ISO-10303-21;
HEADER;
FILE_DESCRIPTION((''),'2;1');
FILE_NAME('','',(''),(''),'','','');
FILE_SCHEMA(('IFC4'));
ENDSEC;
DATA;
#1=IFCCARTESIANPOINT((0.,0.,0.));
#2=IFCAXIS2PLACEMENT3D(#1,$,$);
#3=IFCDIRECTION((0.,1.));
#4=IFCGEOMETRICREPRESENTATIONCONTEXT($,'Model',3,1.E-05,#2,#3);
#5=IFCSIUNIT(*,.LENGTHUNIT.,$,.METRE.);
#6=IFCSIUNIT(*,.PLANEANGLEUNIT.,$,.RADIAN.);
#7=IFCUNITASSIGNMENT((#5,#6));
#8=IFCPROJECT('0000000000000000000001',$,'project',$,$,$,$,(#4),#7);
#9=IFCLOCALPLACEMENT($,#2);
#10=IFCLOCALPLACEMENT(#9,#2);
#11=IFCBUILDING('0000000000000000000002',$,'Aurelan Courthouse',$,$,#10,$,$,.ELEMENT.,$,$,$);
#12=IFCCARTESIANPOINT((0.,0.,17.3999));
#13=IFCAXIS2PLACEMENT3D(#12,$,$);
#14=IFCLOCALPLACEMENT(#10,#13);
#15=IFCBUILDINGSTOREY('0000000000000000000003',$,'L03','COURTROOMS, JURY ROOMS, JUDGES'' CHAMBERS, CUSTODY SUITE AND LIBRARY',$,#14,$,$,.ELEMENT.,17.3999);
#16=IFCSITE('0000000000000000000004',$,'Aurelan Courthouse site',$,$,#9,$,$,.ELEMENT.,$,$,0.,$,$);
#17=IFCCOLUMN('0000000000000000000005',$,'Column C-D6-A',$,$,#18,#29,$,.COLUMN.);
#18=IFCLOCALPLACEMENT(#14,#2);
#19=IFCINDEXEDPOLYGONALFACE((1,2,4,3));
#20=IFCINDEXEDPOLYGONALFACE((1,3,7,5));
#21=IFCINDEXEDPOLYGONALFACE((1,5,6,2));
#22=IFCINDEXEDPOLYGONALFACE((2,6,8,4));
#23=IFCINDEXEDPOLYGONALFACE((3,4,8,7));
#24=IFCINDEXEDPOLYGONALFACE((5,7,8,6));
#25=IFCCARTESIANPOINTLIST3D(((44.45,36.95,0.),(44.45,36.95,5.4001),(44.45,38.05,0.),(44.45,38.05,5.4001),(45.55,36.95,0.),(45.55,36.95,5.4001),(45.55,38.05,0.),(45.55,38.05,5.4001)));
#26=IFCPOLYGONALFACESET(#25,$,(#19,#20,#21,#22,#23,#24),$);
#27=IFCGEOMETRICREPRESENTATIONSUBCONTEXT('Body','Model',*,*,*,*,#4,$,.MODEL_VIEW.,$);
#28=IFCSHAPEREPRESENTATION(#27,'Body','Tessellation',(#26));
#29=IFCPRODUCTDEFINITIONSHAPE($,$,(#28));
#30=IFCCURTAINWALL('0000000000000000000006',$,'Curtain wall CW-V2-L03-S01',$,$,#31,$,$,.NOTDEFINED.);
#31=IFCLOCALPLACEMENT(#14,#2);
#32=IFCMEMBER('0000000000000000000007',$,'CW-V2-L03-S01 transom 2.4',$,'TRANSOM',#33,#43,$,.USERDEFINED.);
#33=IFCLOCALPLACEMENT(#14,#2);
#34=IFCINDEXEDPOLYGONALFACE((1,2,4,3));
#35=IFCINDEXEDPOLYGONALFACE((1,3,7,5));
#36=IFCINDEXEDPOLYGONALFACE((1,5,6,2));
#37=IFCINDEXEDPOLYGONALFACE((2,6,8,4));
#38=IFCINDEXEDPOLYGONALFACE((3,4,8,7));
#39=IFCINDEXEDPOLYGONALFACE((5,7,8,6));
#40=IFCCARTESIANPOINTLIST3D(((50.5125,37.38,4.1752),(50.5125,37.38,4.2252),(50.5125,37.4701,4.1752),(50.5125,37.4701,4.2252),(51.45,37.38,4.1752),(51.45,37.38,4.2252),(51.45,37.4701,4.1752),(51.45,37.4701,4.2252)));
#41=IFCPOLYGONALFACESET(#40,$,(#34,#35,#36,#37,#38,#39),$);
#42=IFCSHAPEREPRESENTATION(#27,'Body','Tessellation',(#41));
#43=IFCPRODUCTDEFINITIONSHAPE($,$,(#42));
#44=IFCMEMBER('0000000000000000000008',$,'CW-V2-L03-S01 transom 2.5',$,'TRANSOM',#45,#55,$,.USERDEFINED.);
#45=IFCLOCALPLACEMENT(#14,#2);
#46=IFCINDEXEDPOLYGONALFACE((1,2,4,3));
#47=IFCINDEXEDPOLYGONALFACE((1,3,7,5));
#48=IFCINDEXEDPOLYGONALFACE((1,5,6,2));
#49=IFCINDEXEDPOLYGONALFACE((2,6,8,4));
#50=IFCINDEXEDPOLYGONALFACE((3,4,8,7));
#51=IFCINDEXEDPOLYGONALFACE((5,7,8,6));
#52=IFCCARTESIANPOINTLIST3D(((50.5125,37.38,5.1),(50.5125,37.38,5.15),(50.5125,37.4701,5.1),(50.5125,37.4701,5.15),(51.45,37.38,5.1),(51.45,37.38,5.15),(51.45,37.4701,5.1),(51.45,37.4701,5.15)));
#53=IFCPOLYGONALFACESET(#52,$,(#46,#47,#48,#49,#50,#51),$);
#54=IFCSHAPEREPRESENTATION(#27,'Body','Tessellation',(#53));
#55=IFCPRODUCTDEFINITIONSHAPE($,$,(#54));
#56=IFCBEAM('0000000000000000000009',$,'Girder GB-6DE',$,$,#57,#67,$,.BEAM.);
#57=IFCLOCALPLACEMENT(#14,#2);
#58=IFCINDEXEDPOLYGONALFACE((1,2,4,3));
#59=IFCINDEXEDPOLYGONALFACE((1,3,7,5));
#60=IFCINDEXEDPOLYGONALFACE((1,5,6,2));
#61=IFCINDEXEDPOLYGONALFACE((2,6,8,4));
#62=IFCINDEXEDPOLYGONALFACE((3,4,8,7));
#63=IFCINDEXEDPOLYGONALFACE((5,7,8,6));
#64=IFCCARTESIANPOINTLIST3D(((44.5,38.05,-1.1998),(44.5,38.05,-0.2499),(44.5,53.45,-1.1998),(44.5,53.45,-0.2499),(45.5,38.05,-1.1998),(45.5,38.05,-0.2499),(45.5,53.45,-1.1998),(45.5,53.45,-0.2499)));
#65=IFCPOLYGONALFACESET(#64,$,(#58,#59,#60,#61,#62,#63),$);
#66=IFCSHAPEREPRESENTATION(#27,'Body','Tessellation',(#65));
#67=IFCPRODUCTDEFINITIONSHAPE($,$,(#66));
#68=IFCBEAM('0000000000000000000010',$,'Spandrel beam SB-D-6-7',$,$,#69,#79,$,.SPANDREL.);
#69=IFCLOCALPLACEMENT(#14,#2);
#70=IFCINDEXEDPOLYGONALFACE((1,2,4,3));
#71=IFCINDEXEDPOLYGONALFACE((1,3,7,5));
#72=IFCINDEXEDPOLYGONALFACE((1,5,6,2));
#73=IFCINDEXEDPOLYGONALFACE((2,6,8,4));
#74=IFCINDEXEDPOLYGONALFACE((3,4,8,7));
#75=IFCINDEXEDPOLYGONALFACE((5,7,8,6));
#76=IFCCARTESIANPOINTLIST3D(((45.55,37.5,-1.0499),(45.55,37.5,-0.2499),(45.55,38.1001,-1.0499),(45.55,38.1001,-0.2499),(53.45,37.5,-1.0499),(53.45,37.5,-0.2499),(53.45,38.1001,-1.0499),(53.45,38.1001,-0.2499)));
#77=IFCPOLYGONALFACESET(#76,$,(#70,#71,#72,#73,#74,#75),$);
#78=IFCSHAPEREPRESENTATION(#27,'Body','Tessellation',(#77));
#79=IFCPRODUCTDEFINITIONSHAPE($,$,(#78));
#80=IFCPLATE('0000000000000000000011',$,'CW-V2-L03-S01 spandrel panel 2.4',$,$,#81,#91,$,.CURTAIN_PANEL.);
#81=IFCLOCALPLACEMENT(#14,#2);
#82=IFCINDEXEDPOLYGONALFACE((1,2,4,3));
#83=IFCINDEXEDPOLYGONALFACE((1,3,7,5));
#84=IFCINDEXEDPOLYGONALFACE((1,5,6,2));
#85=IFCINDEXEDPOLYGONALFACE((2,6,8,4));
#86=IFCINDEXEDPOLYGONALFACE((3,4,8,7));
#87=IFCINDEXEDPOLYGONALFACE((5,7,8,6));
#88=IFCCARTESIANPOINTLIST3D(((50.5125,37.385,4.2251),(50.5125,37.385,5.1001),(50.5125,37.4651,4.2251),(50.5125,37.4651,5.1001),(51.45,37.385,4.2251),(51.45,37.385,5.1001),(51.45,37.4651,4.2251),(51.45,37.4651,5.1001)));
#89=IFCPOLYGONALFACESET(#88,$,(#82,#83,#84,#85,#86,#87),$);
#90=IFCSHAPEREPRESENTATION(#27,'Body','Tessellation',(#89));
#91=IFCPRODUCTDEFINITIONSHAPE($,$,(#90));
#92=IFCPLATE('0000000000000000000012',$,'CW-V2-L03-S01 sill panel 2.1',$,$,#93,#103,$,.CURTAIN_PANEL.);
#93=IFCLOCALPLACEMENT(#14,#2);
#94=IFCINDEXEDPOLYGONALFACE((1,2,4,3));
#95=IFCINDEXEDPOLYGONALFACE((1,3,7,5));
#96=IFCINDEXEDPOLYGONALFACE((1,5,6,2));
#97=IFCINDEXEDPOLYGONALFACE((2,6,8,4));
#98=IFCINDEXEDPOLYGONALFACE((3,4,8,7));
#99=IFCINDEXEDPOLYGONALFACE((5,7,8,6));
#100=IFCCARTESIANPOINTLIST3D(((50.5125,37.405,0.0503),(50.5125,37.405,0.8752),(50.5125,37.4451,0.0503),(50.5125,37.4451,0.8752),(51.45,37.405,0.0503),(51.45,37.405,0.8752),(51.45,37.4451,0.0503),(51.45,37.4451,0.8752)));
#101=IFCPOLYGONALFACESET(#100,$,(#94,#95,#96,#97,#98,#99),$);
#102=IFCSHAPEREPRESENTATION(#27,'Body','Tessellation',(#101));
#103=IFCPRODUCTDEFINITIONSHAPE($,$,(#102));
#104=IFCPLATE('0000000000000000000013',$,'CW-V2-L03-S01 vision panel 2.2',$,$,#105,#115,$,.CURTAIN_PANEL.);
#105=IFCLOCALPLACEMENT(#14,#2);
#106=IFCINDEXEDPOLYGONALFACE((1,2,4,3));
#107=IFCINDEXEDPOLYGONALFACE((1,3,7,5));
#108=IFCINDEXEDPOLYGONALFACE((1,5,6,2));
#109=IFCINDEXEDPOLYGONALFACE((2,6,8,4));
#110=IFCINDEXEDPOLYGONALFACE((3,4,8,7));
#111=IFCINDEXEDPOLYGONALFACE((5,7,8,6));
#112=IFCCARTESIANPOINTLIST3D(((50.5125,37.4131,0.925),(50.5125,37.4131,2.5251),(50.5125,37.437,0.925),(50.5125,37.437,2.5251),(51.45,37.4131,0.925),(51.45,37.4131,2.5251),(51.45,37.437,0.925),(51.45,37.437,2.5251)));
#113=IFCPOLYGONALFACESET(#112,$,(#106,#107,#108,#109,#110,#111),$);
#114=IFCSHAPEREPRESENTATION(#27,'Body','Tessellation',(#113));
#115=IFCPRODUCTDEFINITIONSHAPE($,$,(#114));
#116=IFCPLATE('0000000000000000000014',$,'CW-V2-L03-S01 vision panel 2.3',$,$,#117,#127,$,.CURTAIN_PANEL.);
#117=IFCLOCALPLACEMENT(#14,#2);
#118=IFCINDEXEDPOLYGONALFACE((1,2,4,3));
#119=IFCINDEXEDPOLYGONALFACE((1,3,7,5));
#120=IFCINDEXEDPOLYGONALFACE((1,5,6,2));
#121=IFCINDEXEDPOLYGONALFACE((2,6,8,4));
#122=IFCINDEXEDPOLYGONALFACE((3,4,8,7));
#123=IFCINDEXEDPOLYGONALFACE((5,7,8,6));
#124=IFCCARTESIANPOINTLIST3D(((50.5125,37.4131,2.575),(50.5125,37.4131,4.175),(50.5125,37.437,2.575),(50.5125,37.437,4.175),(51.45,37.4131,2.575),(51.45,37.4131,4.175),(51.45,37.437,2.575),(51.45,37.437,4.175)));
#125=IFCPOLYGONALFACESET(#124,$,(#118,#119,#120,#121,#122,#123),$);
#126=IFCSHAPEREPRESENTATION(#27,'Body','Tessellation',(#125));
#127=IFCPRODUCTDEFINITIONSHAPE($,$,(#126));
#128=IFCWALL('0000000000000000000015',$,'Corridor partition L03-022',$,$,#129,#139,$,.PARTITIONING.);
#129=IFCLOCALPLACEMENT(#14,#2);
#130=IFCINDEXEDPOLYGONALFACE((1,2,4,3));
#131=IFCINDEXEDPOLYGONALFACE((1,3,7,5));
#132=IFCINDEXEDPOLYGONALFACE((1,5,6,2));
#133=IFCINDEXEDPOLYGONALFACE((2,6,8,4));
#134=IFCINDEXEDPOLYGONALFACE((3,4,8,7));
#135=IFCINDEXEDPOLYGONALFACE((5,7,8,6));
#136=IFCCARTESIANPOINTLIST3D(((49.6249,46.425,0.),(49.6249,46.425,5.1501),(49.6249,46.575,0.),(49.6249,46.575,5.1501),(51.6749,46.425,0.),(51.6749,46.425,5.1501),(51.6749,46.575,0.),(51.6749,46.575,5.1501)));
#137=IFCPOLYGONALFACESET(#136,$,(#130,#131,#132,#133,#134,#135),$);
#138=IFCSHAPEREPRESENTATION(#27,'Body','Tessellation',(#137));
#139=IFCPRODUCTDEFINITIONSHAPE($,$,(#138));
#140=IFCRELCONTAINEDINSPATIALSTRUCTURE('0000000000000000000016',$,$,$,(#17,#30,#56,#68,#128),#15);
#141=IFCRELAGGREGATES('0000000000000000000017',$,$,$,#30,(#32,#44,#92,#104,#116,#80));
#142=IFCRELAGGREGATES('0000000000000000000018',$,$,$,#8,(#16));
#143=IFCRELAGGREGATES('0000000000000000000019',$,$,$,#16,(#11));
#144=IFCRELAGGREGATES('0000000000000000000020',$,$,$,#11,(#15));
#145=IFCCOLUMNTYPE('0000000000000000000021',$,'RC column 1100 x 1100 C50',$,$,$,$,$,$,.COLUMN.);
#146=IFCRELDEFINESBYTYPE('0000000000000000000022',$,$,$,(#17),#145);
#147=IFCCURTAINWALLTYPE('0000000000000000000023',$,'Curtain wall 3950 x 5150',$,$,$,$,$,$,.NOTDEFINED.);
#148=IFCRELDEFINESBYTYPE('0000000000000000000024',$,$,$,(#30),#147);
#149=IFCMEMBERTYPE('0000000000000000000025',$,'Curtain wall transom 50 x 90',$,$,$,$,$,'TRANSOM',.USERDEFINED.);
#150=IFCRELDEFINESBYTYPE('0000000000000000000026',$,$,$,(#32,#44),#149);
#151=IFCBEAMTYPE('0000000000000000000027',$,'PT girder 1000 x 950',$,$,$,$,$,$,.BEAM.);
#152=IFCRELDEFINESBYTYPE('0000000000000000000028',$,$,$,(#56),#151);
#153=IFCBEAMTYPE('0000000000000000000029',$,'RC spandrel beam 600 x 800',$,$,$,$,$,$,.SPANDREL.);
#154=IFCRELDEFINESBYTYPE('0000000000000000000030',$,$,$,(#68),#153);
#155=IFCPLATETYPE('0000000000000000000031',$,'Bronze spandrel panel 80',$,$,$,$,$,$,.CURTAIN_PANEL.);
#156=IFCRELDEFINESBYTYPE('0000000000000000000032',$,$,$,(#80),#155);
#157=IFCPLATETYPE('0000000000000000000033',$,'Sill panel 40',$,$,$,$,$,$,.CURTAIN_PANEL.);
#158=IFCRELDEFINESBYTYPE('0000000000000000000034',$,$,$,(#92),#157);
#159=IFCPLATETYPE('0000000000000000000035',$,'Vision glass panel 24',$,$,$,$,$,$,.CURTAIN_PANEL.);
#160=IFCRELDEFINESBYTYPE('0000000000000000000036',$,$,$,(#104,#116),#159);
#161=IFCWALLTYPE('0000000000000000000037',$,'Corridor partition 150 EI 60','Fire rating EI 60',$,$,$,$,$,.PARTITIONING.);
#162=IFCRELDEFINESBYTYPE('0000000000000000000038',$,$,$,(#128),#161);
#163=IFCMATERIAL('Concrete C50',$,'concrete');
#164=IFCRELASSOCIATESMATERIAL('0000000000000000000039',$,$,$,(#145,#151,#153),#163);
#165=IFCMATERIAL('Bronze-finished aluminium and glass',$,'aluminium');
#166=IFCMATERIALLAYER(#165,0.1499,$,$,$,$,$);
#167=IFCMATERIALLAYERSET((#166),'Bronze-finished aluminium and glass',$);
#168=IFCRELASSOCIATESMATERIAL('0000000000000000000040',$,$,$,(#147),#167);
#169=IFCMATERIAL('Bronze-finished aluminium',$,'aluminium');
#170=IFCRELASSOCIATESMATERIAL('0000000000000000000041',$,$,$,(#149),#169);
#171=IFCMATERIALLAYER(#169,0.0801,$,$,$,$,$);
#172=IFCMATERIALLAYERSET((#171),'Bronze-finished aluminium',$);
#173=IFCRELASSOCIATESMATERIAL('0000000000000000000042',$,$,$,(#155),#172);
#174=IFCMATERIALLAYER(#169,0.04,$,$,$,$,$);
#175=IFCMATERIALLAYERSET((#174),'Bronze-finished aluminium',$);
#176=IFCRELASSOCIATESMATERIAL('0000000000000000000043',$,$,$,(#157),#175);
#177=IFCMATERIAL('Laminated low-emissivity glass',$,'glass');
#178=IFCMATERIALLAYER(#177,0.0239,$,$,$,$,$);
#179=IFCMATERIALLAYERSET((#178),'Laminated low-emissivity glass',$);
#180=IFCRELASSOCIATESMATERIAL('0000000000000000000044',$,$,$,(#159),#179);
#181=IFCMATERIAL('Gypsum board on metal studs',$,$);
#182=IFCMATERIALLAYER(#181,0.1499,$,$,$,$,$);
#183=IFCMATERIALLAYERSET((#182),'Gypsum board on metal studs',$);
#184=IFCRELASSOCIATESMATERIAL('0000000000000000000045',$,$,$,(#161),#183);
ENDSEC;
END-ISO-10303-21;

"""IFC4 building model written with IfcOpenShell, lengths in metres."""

from ifc_helpers import new_model, si_unit, direction, frame, frame_2d, origin, origin_2d, place, context, subcontext, project, spatial, rectangle, extrude, material, layer, layer_set, material_profile, profile_set, type_object, element, aggregate, save


model = new_model("IFC4")

# Units and contexts
model_context = context("Model", 3, precision=1e-05, world=origin(), true_north=direction((0.0, 1.0)))
body_context = subcontext(model_context, "Body", "Model", "MODEL_VIEW")
ifc_project = project(units=[si_unit("LENGTHUNIT", "METRE"), si_unit("PLANEANGLEUNIT", "RADIAN")], contexts=[model_context])

# Site, building, storey
site_placement = place(None, origin())
site = spatial("IfcSite", under=ifc_project, at=site_placement, Name="Aurelan Courthouse site", CompositionType="ELEMENT", RefElevation=0.0)
building_placement = place(site_placement, origin())
building = spatial("IfcBuilding", under=site, at=building_placement, Name="Aurelan Courthouse", CompositionType="ELEMENT")
storey_placement = place(building_placement, frame((0.0, 0.0, 17.3999)))
storey = spatial("IfcBuildingStorey", under=building, at=storey_placement, Name="L03", Description="COURTROOMS, JURY ROOMS, JUDGES' CHAMBERS, CUSTODY SUITE AND LIBRARY", CompositionType="ELEMENT", Elevation=17.3999)

# Column
ifc_material_1 = material(Name="Concrete C50", Category="concrete")
ifc_material_profile_1 = material_profile(ifc_material_1, rectangle(XDim=1.1001, YDim=1.1001, at=origin_2d()), Name="RC 1100 x 1100")
ifc_profile_set_1 = profile_set([ifc_material_profile_1], Name="Concrete C50")
column_type = type_object("IfcColumnType", Name="RC column 1100 x 1100 C50", PredefinedType="COLUMN", material=ifc_profile_set_1)
column_placement = place(storey_placement, frame((45.0, 37.5, 0.0), z_axis=(0.0, 0.0, 1.0), x_axis=(1.0, 0.0, 0.0)))
element("IfcColumn", 1, at=column_placement, inside=storey, type_object=column_type, Name="Column C-D6-A", PredefinedType="COLUMN", context=body_context, shape_type="SweptSolid", body=[
    extrude(rectangle(XDim=1.1001, YDim=1.1001, at=origin_2d()), origin(), (0.0, 0.0, 1.0), 5.4001),
])

# Curtain wall, members
ifc_material_2 = material(Name="Bronze-finished aluminium and glass", Category="aluminium")
ifc_layer_1 = layer(ifc_material_2, 0.1499)
ifc_layer_set_1 = layer_set([ifc_layer_1], Name="Bronze-finished aluminium and glass")
curtain_wall_type = type_object("IfcCurtainWallType", Name="Curtain wall 3950 x 5150", PredefinedType="NOTDEFINED", material=ifc_layer_set_1)
curtain_wall_placement = place(storey_placement, origin())
curtain_wall = element("IfcCurtainWall", 2, at=curtain_wall_placement, inside=storey, type_object=curtain_wall_type, Name="Curtain wall CW-V2-L03-S01", PredefinedType="NOTDEFINED")
ifc_material_3 = material(Name="Bronze-finished aluminium", Category="aluminium")
ifc_material_profile_2 = material_profile(ifc_material_3, rectangle(XDim=0.0901, YDim=0.05, at=origin_2d()), Name="Bronze transom 50 x 90")
ifc_profile_set_2 = profile_set([ifc_material_profile_2], Name="Bronze-finished aluminium")
member_type = type_object("IfcMemberType", Name="Curtain wall transom 50 x 90", ElementType="TRANSOM", PredefinedType="USERDEFINED", material=ifc_profile_set_2)
member_1_placement = place(storey_placement, frame((50.5125, 37.425, 4.2002), z_axis=(1.0, 0.0, 0.0), x_axis=(0.0, 1.0, 0.0)))
member_1 = element("IfcMember", 3, at=member_1_placement, type_object=member_type, Name="CW-V2-L03-S01 transom 2.4", ObjectType="TRANSOM", PredefinedType="USERDEFINED", context=body_context, shape_type="SweptSolid", body=[
    extrude(rectangle(XDim=0.0901, YDim=0.05, at=origin_2d()), origin(), (0.0, 0.0, 1.0), 0.9375),
])
member_2_placement = place(storey_placement, frame((50.5125, 37.425, 5.125), z_axis=(1.0, 0.0, 0.0), x_axis=(0.0, 1.0, 0.0)))
member_2 = element("IfcMember", 4, at=member_2_placement, type_object=member_type, Name="CW-V2-L03-S01 transom 2.5", ObjectType="TRANSOM", PredefinedType="USERDEFINED", context=body_context, shape_type="SweptSolid", body=[
    extrude(rectangle(XDim=0.0901, YDim=0.05, at=origin_2d()), origin(), (0.0, 0.0, 1.0), 0.9375),
])

# Beams
ifc_material_profile_3 = material_profile(ifc_material_1, rectangle(XDim=1.0, YDim=0.95, at=origin_2d()), Name="RC 1000 x 950")
ifc_profile_set_3 = profile_set([ifc_material_profile_3], Name="Concrete C50")
beam_type_1 = type_object("IfcBeamType", Name="PT girder 1000 x 950", PredefinedType="BEAM", material=ifc_profile_set_3)
beam_1_placement = place(storey_placement, frame((45.0, 38.05, -0.7249), z_axis=(0.0, 1.0, 0.0), x_axis=(-1.0, 0.0, 0.0)))
element("IfcBeam", 5, at=beam_1_placement, inside=storey, type_object=beam_type_1, Name="Girder GB-6DE", PredefinedType="BEAM", context=body_context, shape_type="SweptSolid", body=[
    extrude(rectangle(XDim=1.0, YDim=0.95, at=origin_2d()), origin(), (0.0, 0.0, 1.0), 15.3999),
])
ifc_material_profile_4 = material_profile(ifc_material_1, rectangle(XDim=0.6001, YDim=0.8, at=origin_2d()), Name="RC 600 x 800")
ifc_profile_set_4 = profile_set([ifc_material_profile_4], Name="Concrete C50")
beam_type_2 = type_object("IfcBeamType", Name="RC spandrel beam 600 x 800", PredefinedType="SPANDREL", material=ifc_profile_set_4)
beam_2_placement = place(storey_placement, frame((45.55, 37.8, -0.6499), z_axis=(1.0, 0.0, 0.0), x_axis=(0.0, 1.0, 0.0)))
element("IfcBeam", 6, at=beam_2_placement, inside=storey, type_object=beam_type_2, Name="Spandrel beam SB-D-6-7", PredefinedType="SPANDREL", context=body_context, shape_type="SweptSolid", body=[
    extrude(rectangle(XDim=0.6001, YDim=0.8, at=origin_2d()), origin(), (0.0, 0.0, 1.0), 7.8999),
])

# Plates
ifc_layer_2 = layer(ifc_material_3, 0.0801)
ifc_layer_set_2 = layer_set([ifc_layer_2], Name="Bronze-finished aluminium")
plate_type_1 = type_object("IfcPlateType", Name="Bronze spandrel panel 80", PredefinedType="CURTAIN_PANEL", material=ifc_layer_set_2)
plate_1_placement = place(storey_placement, frame((50.9812, 37.425, 4.2251), z_axis=(0.0, 0.0, 1.0), x_axis=(1.0, 0.0, 0.0)))
plate_1 = element("IfcPlate", 7, at=plate_1_placement, type_object=plate_type_1, Name="CW-V2-L03-S01 spandrel panel 2.4", PredefinedType="CURTAIN_PANEL", context=body_context, shape_type="SweptSolid", body=[
    extrude(rectangle(XDim=0.9375, YDim=0.0801, at=origin_2d()), origin(), (0.0, 0.0, 1.0), 0.875),
])
ifc_layer_3 = layer(ifc_material_3, 0.04)
ifc_layer_set_3 = layer_set([ifc_layer_3], Name="Bronze-finished aluminium")
plate_type_2 = type_object("IfcPlateType", Name="Sill panel 40", PredefinedType="CURTAIN_PANEL", material=ifc_layer_set_3)
plate_2_placement = place(storey_placement, frame((50.9812, 37.425, 0.0503), z_axis=(0.0, 0.0, 1.0), x_axis=(1.0, 0.0, 0.0)))
plate_2 = element("IfcPlate", 8, at=plate_2_placement, type_object=plate_type_2, Name="CW-V2-L03-S01 sill panel 2.1", PredefinedType="CURTAIN_PANEL", context=body_context, shape_type="SweptSolid", body=[
    extrude(rectangle(XDim=0.9375, YDim=0.04, at=origin_2d()), origin(), (0.0, 0.0, 1.0), 0.825),
])
ifc_material_4 = material(Name="Laminated low-emissivity glass", Category="glass")
ifc_layer_4 = layer(ifc_material_4, 0.0239)
ifc_layer_set_4 = layer_set([ifc_layer_4], Name="Laminated low-emissivity glass")
plate_type_3 = type_object("IfcPlateType", Name="Vision glass panel 24", PredefinedType="CURTAIN_PANEL", material=ifc_layer_set_4)
plate_3_placement = place(storey_placement, frame((50.9812, 37.425, 0.925), z_axis=(0.0, 0.0, 1.0), x_axis=(1.0, 0.0, 0.0)))
plate_3 = element("IfcPlate", 9, at=plate_3_placement, type_object=plate_type_3, Name="CW-V2-L03-S01 vision panel 2.2", PredefinedType="CURTAIN_PANEL", context=body_context, shape_type="SweptSolid", body=[
    extrude(rectangle(XDim=0.9375, YDim=0.0239, at=origin_2d()), origin(), (0.0, 0.0, 1.0), 1.6001),
])
plate_4_placement = place(storey_placement, frame((50.9812, 37.425, 2.575), z_axis=(0.0, 0.0, 1.0), x_axis=(1.0, 0.0, 0.0)))
plate_4 = element("IfcPlate", 10, at=plate_4_placement, type_object=plate_type_3, Name="CW-V2-L03-S01 vision panel 2.3", PredefinedType="CURTAIN_PANEL", context=body_context, shape_type="SweptSolid", body=[
    extrude(rectangle(XDim=0.9375, YDim=0.0239, at=origin_2d()), origin(), (0.0, 0.0, 1.0), 1.6001),
])
aggregate(curtain_wall, [member_1, member_2, plate_2, plate_3, plate_4, plate_1])

# Wall
ifc_material_5 = material(Name="Gypsum board on metal studs")
ifc_layer_5 = layer(ifc_material_5, 0.1499)
ifc_layer_set_5 = layer_set([ifc_layer_5], Name="Gypsum board on metal studs")
wall_type_1 = type_object("IfcWallType", Name="Corridor partition 150 EI 60", Description="Fire rating EI 60", PredefinedType="PARTITIONING", material=ifc_layer_set_5)
wall_1_placement = place(storey_placement, frame((49.625, 46.5, 0.0), z_axis=(0.0, 0.0, 1.0), x_axis=(1.0, 0.0, 0.0)))
element("IfcWall", 11, at=wall_1_placement, inside=storey, type_object=wall_type_1, Name="Corridor partition L03-022", PredefinedType="PARTITIONING", context=body_context, shape_type="SweptSolid", body=[
    extrude(rectangle(XDim=2.05, YDim=0.1499, at=frame_2d((1.0249, 0.0))), origin(), (0.0, 0.0, 1.0), 5.1501),
])

save(model, "model.ifc")
